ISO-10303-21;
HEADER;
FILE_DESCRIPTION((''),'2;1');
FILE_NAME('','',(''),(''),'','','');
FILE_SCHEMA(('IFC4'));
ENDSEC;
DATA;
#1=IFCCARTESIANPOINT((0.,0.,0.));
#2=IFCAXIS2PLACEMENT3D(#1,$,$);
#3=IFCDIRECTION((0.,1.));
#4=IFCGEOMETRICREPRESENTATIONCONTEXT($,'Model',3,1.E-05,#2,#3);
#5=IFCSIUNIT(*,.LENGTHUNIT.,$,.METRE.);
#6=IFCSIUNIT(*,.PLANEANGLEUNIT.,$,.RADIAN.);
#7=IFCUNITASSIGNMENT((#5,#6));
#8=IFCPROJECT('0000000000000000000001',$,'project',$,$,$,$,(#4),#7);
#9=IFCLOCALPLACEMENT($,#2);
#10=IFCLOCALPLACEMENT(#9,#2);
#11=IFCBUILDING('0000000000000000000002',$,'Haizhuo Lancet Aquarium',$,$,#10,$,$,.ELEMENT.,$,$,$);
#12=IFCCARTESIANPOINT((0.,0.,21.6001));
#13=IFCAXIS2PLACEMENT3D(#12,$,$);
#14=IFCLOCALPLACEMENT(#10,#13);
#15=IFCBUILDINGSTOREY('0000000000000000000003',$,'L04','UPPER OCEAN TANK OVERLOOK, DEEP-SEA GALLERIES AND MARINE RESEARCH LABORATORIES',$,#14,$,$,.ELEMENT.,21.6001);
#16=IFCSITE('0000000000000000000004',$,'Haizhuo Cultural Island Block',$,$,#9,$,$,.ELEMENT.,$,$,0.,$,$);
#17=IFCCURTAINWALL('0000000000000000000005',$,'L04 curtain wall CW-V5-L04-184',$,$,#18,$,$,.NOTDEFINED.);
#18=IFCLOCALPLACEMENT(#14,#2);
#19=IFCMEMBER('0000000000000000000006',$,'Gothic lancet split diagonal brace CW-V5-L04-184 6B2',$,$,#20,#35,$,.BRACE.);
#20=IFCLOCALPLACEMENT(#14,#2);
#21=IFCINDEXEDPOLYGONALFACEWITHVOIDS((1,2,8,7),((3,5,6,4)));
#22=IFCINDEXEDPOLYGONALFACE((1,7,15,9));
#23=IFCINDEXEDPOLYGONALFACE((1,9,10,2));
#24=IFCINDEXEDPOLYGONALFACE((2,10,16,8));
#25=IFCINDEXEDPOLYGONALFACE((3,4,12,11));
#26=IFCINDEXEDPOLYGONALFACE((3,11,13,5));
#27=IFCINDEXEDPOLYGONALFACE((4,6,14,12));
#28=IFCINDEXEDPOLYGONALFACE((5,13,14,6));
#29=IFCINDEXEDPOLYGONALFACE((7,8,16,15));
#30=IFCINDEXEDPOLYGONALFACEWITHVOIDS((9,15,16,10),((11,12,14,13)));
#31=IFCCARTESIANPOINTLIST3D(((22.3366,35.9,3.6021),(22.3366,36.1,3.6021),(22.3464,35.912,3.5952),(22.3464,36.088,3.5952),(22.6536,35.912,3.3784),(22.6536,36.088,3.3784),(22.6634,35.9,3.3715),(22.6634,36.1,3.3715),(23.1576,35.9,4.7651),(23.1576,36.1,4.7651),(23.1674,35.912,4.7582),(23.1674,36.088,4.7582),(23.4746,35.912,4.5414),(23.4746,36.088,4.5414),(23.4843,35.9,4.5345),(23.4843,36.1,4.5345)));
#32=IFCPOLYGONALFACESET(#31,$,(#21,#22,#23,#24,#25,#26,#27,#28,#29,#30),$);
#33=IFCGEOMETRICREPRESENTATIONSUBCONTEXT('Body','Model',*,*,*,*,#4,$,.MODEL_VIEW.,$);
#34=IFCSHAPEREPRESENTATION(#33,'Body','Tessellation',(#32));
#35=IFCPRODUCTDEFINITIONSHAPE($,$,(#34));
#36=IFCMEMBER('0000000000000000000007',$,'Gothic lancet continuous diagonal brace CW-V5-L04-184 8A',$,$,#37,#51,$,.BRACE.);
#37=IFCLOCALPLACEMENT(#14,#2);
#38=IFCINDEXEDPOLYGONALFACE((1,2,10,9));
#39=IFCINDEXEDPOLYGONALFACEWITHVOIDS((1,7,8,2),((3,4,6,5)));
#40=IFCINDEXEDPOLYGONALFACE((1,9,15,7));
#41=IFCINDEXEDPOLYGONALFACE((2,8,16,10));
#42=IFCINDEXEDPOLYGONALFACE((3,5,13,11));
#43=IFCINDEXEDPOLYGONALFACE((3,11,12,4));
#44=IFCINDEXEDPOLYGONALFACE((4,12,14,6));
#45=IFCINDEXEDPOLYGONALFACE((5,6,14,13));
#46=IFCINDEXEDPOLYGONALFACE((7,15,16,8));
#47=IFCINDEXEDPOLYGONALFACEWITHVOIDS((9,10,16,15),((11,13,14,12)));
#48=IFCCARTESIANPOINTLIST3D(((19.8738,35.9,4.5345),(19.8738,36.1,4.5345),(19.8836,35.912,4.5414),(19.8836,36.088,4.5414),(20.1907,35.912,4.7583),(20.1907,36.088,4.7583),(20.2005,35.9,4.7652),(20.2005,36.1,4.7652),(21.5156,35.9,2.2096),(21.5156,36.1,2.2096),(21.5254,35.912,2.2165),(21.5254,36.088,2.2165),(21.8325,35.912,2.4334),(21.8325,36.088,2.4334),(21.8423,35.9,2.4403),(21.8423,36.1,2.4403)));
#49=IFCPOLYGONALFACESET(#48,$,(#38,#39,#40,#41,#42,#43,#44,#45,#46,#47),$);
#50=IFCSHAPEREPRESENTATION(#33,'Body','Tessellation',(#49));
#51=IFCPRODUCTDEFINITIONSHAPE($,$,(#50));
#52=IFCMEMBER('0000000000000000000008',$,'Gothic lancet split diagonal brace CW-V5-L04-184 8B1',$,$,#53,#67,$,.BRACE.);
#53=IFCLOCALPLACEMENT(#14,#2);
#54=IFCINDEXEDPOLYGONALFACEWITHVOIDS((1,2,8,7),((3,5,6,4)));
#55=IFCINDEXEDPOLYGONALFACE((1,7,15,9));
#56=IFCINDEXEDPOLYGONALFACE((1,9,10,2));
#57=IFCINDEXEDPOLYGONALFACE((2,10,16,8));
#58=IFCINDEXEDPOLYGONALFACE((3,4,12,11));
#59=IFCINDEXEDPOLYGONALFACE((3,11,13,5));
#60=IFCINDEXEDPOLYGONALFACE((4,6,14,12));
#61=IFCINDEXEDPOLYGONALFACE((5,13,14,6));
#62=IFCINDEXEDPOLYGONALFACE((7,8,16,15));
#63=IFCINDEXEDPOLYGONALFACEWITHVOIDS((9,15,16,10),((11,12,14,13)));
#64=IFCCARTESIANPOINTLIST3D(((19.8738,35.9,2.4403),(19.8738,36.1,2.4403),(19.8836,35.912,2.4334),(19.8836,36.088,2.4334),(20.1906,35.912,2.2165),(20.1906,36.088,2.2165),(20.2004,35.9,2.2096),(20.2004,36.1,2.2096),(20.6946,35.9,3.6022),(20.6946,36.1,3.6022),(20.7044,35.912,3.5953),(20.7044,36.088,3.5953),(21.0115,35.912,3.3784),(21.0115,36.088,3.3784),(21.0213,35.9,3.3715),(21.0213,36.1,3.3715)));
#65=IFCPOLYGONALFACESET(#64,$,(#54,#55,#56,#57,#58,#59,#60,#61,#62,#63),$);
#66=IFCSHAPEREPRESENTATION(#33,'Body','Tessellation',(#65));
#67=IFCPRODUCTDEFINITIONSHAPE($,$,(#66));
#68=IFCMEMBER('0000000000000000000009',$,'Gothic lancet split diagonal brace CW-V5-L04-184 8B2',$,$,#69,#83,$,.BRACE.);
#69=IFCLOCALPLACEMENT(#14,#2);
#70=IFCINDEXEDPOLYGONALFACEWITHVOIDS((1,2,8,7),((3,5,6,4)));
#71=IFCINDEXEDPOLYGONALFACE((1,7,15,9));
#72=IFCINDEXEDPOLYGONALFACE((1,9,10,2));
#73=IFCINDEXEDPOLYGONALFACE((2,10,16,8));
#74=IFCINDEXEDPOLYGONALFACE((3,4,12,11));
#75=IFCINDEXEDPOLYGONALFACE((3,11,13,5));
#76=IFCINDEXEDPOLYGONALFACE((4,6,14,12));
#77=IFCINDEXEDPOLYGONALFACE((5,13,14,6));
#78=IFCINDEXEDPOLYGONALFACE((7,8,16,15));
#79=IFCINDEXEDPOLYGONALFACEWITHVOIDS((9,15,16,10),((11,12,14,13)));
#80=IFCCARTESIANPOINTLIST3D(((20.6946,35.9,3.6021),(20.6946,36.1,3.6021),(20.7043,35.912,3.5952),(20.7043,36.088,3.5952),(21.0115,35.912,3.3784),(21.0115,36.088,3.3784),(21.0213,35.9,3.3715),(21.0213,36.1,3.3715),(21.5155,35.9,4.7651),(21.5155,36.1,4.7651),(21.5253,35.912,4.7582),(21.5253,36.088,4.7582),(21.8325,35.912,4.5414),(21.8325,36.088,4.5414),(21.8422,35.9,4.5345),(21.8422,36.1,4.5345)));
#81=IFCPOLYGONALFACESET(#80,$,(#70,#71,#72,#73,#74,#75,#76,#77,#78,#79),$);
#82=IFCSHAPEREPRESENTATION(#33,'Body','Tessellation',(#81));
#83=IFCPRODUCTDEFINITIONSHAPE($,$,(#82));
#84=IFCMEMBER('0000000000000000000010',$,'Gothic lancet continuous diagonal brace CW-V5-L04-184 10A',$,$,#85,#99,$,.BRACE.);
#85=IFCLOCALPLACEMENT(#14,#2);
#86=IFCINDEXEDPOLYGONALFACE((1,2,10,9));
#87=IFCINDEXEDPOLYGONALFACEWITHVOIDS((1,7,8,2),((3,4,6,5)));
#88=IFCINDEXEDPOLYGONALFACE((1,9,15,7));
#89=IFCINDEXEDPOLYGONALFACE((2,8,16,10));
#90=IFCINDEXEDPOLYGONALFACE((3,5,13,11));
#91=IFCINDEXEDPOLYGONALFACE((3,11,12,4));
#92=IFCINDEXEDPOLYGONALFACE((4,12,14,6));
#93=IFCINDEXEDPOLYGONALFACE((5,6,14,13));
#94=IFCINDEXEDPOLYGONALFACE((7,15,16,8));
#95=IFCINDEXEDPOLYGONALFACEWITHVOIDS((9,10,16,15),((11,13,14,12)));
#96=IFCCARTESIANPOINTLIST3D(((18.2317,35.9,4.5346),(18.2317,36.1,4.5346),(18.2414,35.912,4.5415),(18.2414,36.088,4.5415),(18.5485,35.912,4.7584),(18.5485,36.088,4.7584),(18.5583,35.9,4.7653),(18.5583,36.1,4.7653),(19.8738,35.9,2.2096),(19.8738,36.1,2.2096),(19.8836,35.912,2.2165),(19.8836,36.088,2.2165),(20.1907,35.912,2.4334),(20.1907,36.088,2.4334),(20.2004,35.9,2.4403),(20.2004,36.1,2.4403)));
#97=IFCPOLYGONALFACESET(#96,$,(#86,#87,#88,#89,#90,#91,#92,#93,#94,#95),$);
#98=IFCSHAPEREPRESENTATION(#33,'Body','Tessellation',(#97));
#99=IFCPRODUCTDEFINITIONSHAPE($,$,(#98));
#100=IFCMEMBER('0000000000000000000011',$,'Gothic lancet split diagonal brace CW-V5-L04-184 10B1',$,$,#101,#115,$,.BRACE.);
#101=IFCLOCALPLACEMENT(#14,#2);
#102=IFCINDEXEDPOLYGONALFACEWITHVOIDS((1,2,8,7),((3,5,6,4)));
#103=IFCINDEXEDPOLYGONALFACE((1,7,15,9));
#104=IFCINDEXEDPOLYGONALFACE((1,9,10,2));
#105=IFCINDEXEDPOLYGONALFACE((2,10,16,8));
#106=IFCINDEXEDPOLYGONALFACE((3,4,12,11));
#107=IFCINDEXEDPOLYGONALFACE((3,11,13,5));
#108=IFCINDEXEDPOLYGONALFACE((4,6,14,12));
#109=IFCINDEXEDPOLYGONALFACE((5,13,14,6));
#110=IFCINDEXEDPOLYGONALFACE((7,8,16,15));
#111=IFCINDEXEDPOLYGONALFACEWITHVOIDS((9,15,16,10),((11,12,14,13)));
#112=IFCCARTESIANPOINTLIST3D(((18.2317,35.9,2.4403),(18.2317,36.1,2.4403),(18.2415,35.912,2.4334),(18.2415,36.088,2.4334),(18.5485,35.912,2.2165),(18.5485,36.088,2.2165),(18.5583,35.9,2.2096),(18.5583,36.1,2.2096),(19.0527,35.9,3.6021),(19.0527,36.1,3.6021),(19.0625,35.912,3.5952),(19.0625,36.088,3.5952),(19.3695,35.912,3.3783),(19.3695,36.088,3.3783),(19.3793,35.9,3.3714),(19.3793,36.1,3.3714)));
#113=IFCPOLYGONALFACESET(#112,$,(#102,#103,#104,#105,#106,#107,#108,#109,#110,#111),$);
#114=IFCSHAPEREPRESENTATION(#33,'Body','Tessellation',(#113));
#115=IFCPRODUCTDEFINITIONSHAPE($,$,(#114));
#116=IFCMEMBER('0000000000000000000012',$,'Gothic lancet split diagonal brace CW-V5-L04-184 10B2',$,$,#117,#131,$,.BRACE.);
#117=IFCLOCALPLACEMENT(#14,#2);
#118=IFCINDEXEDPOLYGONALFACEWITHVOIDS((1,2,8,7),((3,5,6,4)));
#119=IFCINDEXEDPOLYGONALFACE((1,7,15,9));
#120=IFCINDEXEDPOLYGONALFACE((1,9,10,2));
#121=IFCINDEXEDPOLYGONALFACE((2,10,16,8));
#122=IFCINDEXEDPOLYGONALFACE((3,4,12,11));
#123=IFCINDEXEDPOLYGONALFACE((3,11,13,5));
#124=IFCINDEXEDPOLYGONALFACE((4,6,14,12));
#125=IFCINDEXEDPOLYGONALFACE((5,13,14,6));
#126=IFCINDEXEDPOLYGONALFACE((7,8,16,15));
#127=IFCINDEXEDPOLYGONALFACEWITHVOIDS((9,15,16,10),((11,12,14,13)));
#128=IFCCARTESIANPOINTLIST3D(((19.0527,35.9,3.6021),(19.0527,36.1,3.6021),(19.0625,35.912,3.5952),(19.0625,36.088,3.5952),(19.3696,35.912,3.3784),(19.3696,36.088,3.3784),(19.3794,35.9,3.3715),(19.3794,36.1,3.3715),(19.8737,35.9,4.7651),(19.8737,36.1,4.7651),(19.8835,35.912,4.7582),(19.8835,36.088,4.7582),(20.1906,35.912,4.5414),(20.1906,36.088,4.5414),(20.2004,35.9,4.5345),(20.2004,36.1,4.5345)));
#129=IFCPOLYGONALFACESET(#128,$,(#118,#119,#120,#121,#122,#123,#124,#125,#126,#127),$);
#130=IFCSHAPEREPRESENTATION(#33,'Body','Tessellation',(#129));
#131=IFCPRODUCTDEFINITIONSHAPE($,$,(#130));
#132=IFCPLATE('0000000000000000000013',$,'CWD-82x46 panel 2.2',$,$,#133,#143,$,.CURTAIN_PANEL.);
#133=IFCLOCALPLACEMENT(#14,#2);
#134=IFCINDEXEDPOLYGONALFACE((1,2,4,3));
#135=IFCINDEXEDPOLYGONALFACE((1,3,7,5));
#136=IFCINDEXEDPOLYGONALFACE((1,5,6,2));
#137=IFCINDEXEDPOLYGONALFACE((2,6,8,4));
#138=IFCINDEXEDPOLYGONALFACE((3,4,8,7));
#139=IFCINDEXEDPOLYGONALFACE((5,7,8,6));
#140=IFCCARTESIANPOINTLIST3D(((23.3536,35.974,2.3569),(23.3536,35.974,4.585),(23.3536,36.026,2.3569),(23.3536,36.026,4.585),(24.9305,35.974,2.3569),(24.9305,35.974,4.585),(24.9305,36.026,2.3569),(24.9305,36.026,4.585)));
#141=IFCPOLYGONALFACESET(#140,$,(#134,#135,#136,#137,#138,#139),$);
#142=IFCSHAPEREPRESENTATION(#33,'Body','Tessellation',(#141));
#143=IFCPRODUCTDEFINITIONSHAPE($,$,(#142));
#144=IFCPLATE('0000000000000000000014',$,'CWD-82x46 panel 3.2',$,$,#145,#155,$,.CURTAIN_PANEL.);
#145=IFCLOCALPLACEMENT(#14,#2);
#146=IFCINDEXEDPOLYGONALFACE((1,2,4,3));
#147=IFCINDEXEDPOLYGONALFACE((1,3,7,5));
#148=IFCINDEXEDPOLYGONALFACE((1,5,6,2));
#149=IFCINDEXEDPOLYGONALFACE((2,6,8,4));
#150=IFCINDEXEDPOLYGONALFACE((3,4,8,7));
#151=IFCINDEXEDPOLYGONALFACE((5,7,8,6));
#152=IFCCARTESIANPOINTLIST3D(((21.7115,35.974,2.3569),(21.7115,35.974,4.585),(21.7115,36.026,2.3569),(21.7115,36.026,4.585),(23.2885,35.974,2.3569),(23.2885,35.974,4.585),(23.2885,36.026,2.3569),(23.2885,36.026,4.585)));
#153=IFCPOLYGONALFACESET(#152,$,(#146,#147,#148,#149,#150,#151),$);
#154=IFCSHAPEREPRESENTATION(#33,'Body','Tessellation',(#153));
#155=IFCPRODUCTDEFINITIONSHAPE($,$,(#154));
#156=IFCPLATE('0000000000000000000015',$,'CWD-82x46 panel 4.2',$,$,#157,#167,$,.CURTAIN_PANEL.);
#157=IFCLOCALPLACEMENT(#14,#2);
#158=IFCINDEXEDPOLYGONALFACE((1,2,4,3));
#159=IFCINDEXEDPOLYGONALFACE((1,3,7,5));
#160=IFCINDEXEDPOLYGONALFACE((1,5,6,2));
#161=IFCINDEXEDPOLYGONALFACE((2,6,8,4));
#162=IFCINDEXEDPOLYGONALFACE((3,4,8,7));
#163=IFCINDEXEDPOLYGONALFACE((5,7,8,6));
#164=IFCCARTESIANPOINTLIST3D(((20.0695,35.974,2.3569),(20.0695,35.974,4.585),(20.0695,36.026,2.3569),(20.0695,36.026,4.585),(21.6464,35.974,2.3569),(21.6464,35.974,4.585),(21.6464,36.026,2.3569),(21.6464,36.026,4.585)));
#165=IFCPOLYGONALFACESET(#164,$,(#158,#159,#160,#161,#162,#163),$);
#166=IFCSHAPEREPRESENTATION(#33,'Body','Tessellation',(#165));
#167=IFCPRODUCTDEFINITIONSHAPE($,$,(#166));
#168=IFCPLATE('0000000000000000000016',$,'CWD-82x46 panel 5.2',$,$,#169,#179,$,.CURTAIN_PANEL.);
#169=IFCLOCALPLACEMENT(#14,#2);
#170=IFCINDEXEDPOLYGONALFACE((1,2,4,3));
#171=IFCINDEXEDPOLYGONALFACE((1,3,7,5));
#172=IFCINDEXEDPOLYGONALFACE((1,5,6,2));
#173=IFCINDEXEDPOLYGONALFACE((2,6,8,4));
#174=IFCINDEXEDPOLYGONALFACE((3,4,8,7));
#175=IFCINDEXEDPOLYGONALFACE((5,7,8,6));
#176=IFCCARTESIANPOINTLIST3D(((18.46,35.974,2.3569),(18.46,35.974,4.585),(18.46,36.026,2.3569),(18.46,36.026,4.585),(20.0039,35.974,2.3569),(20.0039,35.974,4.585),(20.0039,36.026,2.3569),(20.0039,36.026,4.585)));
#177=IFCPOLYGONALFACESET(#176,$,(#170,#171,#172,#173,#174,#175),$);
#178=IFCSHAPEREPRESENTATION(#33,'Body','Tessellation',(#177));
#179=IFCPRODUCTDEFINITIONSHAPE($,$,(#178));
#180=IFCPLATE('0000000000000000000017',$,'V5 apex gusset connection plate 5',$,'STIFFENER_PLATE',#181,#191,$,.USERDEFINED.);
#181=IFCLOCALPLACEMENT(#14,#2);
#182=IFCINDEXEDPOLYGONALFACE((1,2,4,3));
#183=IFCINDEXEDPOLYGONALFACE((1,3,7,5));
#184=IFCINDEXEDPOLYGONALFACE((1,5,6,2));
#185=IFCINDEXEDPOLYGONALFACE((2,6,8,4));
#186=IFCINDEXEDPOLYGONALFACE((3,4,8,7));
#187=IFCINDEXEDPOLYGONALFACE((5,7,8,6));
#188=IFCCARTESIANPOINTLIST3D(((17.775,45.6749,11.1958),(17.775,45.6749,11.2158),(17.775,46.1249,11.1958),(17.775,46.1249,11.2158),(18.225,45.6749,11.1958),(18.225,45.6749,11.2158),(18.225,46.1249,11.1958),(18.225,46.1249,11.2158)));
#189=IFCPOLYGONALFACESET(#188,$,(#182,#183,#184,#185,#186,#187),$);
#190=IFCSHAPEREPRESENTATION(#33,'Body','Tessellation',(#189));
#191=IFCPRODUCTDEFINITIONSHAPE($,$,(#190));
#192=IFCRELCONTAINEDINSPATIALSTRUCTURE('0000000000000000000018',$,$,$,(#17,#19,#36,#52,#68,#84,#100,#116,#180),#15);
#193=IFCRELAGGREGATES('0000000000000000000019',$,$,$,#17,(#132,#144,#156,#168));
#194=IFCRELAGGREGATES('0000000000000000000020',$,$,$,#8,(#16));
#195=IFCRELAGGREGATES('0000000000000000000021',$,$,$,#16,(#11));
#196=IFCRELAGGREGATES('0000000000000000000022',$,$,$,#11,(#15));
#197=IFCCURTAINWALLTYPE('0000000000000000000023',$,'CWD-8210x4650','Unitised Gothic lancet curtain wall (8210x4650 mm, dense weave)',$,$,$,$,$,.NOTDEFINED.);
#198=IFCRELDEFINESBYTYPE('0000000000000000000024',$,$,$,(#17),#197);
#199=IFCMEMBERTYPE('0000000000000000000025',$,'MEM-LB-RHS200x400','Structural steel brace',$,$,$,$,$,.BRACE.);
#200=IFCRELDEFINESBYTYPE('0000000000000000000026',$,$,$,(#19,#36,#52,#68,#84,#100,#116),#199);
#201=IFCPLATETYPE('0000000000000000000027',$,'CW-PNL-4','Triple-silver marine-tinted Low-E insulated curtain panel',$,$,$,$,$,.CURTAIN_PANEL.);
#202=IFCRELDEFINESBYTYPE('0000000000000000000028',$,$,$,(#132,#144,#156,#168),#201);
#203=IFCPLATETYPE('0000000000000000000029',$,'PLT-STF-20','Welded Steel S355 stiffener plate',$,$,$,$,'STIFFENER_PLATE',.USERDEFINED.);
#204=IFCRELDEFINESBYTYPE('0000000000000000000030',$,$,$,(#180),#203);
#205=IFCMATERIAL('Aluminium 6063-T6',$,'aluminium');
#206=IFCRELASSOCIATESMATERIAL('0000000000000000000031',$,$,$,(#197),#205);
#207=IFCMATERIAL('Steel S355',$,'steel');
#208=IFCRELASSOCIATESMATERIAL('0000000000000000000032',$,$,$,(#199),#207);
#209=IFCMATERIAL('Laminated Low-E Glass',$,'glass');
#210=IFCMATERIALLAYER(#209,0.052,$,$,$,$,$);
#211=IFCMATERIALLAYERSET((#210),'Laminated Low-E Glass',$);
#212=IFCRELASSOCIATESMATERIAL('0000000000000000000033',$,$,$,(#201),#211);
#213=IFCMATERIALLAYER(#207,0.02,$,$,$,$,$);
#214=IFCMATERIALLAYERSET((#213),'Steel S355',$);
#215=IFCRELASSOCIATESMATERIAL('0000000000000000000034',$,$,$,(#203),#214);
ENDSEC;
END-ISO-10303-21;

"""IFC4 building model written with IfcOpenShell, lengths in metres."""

from ifc_helpers import new_model, si_unit, direction, frame, origin, origin_2d, place, context, subcontext, project, spatial, rectangle, hollow_rectangle, extrude, material, layer, layer_set, material_profile, profile_set, type_object, element, aggregate, save


model = new_model("IFC4")

# Units and contexts
model_context = context("Model", 3, precision=1e-05, world=origin(), true_north=direction((0.0, 1.0)))
body_context = subcontext(model_context, "Body", "Model", "MODEL_VIEW")
ifc_project = project(units=[si_unit("LENGTHUNIT", "METRE"), si_unit("PLANEANGLEUNIT", "RADIAN")], contexts=[model_context])

# Site, building, storey
site_placement = place(None, origin())
site = spatial("IfcSite", under=ifc_project, at=site_placement, Name="Haizhuo Cultural Island Block", CompositionType="ELEMENT", RefElevation=0.0)
building_placement = place(site_placement, origin())
building = spatial("IfcBuilding", under=site, at=building_placement, Name="Haizhuo Lancet Aquarium", CompositionType="ELEMENT")
storey_placement = place(building_placement, frame((0.0, 0.0, 21.6001)))
storey = spatial("IfcBuildingStorey", under=building, at=storey_placement, Name="L04", Description="UPPER OCEAN TANK OVERLOOK, DEEP-SEA GALLERIES AND MARINE RESEARCH LABORATORIES", CompositionType="ELEMENT", Elevation=21.6001)

# Curtain wall
ifc_material_1 = material(Name="Aluminium 6063-T6", Category="aluminium")
curtain_wall_type = type_object("IfcCurtainWallType", Name="CWD-8210x4650", Description="Unitised Gothic lancet curtain wall (8210x4650 mm, dense weave)", PredefinedType="NOTDEFINED", material=ifc_material_1)
curtain_wall_placement = place(storey_placement, origin())
curtain_wall = element("IfcCurtainWall", 1, at=curtain_wall_placement, inside=storey, type_object=curtain_wall_type, Name="L04 curtain wall CW-V5-L04-184", PredefinedType="NOTDEFINED")

# Members
ifc_material_2 = material(Name="Steel S355", Category="steel")
ifc_material_profile_1 = material_profile(ifc_material_2, hollow_rectangle(XDim=0.2, YDim=0.3999, WallThickness=0.012, at=origin_2d()), Name="RHS 200x400x12")
ifc_profile_set_1 = profile_set([ifc_material_profile_1], Name="Steel S355")
member_type_1 = type_object("IfcMemberType", Name="MEM-LB-RHS200x400", Description="Structural steel brace", PredefinedType="BRACE", material=ifc_profile_set_1)
member_1_placement = place(storey_placement, frame((22.5, 36.0, 3.4868), z_axis=(0.576703, 0.0, 0.816954), x_axis=(0.0, 1.0, 0.0)))
element("IfcMember", 2, at=member_1_placement, inside=storey, type_object=member_type_1, Name="Gothic lancet split diagonal brace CW-V5-L04-184 6B2", PredefinedType="BRACE", context=body_context, shape_type="SweptSolid", body=[
    extrude(hollow_rectangle(XDim=0.2, YDim=0.3999, WallThickness=0.012, at=origin_2d()), origin(), (0.0, 0.0, 1.0), 1.4236),
])
member_2_placement = place(storey_placement, frame((21.679, 36.0, 2.325), z_axis=(-0.576848, 0.0, 0.816851), x_axis=(0.0, -1.0, 0.0)))
element("IfcMember", 3, at=member_2_placement, inside=storey, type_object=member_type_1, Name="Gothic lancet continuous diagonal brace CW-V5-L04-184 8A", PredefinedType="BRACE", context=body_context, shape_type="SweptSolid", body=[
    extrude(hollow_rectangle(XDim=0.2, YDim=0.3999, WallThickness=0.012, at=origin_2d()), origin(), (0.0, 0.0, 1.0), 2.8462),
])
member_3_placement = place(storey_placement, frame((20.0371, 36.0, 2.325), z_axis=(0.576993, 0.0, 0.816749), x_axis=(0.0, 1.0, 0.0)))
element("IfcMember", 4, at=member_3_placement, inside=storey, type_object=member_type_1, Name="Gothic lancet split diagonal brace CW-V5-L04-184 8B1", PredefinedType="BRACE", context=body_context, shape_type="SweptSolid", body=[
    extrude(hollow_rectangle(XDim=0.2, YDim=0.3999, WallThickness=0.012, at=origin_2d()), origin(), (0.0, 0.0, 1.0), 1.4226),
])
member_4_placement = place(storey_placement, frame((20.8579, 36.0, 3.4868), z_axis=(0.576703, 0.0, 0.816954), x_axis=(0.0, 1.0, 0.0)))
element("IfcMember", 5, at=member_4_placement, inside=storey, type_object=member_type_1, Name="Gothic lancet split diagonal brace CW-V5-L04-184 8B2", PredefinedType="BRACE", context=body_context, shape_type="SweptSolid", body=[
    extrude(hollow_rectangle(XDim=0.2, YDim=0.3999, WallThickness=0.012, at=origin_2d()), origin(), (0.0, 0.0, 1.0), 1.4236),
])
member_5_placement = place(storey_placement, frame((20.0371, 36.0, 2.325), z_axis=(-0.576905, 0.0, 0.816811), x_axis=(0.0, -1.0, 0.0)))
element("IfcMember", 6, at=member_5_placement, inside=storey, type_object=member_type_1, Name="Gothic lancet continuous diagonal brace CW-V5-L04-184 10A", PredefinedType="BRACE", context=body_context, shape_type="SweptSolid", body=[
    extrude(hollow_rectangle(XDim=0.2, YDim=0.3999, WallThickness=0.012, at=origin_2d()), origin(), (0.0, 0.0, 1.0), 2.8464),
])
member_6_placement = place(storey_placement, frame((18.395, 36.0, 2.325), z_axis=(0.577108, 0.0, 0.816668), x_axis=(0.0, 1.0, 0.0)))
element("IfcMember", 7, at=member_6_placement, inside=storey, type_object=member_type_1, Name="Gothic lancet split diagonal brace CW-V5-L04-184 10B1", PredefinedType="BRACE", context=body_context, shape_type="SweptSolid", body=[
    extrude(hollow_rectangle(XDim=0.2, YDim=0.3999, WallThickness=0.012, at=origin_2d()), origin(), (0.0, 0.0, 1.0), 1.4226),
])
member_7_placement = place(storey_placement, frame((19.2161, 36.0, 3.4868), z_axis=(0.576703, 0.0, 0.816954), x_axis=(0.0, 1.0, 0.0)))
element("IfcMember", 8, at=member_7_placement, inside=storey, type_object=member_type_1, Name="Gothic lancet split diagonal brace CW-V5-L04-184 10B2", PredefinedType="BRACE", context=body_context, shape_type="SweptSolid", body=[
    extrude(hollow_rectangle(XDim=0.2, YDim=0.3999, WallThickness=0.012, at=origin_2d()), origin(), (0.0, 0.0, 1.0), 1.4236),
])

# Plates
ifc_material_3 = material(Name="Laminated Low-E Glass", Category="glass")
ifc_layer_1 = layer(ifc_material_3, 0.052)
ifc_layer_set_1 = layer_set([ifc_layer_1], Name="Laminated Low-E Glass")
plate_type_1 = type_object("IfcPlateType", Name="CW-PNL-4", Description="Triple-silver marine-tinted Low-E insulated curtain panel", PredefinedType="CURTAIN_PANEL", material=ifc_layer_set_1)
plate_1_placement = place(storey_placement, frame((24.1421, 36.0, 2.3569), z_axis=(0.0, 0.0, 1.0), x_axis=(-1.0, 0.0, 0.0)))
plate_1 = element("IfcPlate", 9, at=plate_1_placement, type_object=plate_type_1, Name="CWD-82x46 panel 2.2", PredefinedType="CURTAIN_PANEL", context=body_context, shape_type="SweptSolid", body=[
    extrude(rectangle(XDim=1.5769, YDim=0.052, at=origin_2d()), origin(), (0.0, 0.0, 1.0), 2.228),
])
plate_2_placement = place(storey_placement, frame((22.5, 36.0, 2.3569), z_axis=(0.0, 0.0, 1.0), x_axis=(-1.0, 0.0, 0.0)))
plate_2 = element("IfcPlate", 10, at=plate_2_placement, type_object=plate_type_1, Name="CWD-82x46 panel 3.2", PredefinedType="CURTAIN_PANEL", context=body_context, shape_type="SweptSolid", body=[
    extrude(rectangle(XDim=1.5769, YDim=0.052, at=origin_2d()), origin(), (0.0, 0.0, 1.0), 2.228),
])
plate_3_placement = place(storey_placement, frame((20.8579, 36.0, 2.3569), z_axis=(0.0, 0.0, 1.0), x_axis=(-1.0, 0.0, 0.0)))
plate_3 = element("IfcPlate", 11, at=plate_3_placement, type_object=plate_type_1, Name="CWD-82x46 panel 4.2", PredefinedType="CURTAIN_PANEL", context=body_context, shape_type="SweptSolid", body=[
    extrude(rectangle(XDim=1.5769, YDim=0.052, at=origin_2d()), origin(), (0.0, 0.0, 1.0), 2.228),
])
plate_4_placement = place(storey_placement, frame((19.2319, 36.0, 2.3569), z_axis=(0.0, 0.0, 1.0), x_axis=(-1.0, 0.0, 0.0)))
plate_4 = element("IfcPlate", 12, at=plate_4_placement, type_object=plate_type_1, Name="CWD-82x46 panel 5.2", PredefinedType="CURTAIN_PANEL", context=body_context, shape_type="SweptSolid", body=[
    extrude(rectangle(XDim=1.5439, YDim=0.052, at=origin_2d()), origin(), (0.0, 0.0, 1.0), 2.228),
])
aggregate(curtain_wall, [plate_1, plate_2, plate_3, plate_4])
ifc_layer_2 = layer(ifc_material_2, 0.02)
ifc_layer_set_2 = layer_set([ifc_layer_2], Name="Steel S355")
plate_type_2 = type_object("IfcPlateType", Name="PLT-STF-20", Description="Welded Steel S355 stiffener plate", ElementType="STIFFENER_PLATE", PredefinedType="USERDEFINED", material=ifc_layer_set_2)
plate_5_placement = place(storey_placement, frame((18.0, 45.8999, 11.1958), z_axis=(0.0, 0.0, 1.0), x_axis=(1.0, 0.0, 0.0)))
element("IfcPlate", 13, at=plate_5_placement, inside=storey, type_object=plate_type_2, Name="V5 apex gusset connection plate 5", ObjectType="STIFFENER_PLATE", PredefinedType="USERDEFINED", context=body_context, shape_type="SweptSolid", body=[
    extrude(rectangle(XDim=0.45, YDim=0.45, at=origin_2d()), origin(), (0.0, 0.0, 1.0), 0.02),
])

save(model, "model.ifc")
